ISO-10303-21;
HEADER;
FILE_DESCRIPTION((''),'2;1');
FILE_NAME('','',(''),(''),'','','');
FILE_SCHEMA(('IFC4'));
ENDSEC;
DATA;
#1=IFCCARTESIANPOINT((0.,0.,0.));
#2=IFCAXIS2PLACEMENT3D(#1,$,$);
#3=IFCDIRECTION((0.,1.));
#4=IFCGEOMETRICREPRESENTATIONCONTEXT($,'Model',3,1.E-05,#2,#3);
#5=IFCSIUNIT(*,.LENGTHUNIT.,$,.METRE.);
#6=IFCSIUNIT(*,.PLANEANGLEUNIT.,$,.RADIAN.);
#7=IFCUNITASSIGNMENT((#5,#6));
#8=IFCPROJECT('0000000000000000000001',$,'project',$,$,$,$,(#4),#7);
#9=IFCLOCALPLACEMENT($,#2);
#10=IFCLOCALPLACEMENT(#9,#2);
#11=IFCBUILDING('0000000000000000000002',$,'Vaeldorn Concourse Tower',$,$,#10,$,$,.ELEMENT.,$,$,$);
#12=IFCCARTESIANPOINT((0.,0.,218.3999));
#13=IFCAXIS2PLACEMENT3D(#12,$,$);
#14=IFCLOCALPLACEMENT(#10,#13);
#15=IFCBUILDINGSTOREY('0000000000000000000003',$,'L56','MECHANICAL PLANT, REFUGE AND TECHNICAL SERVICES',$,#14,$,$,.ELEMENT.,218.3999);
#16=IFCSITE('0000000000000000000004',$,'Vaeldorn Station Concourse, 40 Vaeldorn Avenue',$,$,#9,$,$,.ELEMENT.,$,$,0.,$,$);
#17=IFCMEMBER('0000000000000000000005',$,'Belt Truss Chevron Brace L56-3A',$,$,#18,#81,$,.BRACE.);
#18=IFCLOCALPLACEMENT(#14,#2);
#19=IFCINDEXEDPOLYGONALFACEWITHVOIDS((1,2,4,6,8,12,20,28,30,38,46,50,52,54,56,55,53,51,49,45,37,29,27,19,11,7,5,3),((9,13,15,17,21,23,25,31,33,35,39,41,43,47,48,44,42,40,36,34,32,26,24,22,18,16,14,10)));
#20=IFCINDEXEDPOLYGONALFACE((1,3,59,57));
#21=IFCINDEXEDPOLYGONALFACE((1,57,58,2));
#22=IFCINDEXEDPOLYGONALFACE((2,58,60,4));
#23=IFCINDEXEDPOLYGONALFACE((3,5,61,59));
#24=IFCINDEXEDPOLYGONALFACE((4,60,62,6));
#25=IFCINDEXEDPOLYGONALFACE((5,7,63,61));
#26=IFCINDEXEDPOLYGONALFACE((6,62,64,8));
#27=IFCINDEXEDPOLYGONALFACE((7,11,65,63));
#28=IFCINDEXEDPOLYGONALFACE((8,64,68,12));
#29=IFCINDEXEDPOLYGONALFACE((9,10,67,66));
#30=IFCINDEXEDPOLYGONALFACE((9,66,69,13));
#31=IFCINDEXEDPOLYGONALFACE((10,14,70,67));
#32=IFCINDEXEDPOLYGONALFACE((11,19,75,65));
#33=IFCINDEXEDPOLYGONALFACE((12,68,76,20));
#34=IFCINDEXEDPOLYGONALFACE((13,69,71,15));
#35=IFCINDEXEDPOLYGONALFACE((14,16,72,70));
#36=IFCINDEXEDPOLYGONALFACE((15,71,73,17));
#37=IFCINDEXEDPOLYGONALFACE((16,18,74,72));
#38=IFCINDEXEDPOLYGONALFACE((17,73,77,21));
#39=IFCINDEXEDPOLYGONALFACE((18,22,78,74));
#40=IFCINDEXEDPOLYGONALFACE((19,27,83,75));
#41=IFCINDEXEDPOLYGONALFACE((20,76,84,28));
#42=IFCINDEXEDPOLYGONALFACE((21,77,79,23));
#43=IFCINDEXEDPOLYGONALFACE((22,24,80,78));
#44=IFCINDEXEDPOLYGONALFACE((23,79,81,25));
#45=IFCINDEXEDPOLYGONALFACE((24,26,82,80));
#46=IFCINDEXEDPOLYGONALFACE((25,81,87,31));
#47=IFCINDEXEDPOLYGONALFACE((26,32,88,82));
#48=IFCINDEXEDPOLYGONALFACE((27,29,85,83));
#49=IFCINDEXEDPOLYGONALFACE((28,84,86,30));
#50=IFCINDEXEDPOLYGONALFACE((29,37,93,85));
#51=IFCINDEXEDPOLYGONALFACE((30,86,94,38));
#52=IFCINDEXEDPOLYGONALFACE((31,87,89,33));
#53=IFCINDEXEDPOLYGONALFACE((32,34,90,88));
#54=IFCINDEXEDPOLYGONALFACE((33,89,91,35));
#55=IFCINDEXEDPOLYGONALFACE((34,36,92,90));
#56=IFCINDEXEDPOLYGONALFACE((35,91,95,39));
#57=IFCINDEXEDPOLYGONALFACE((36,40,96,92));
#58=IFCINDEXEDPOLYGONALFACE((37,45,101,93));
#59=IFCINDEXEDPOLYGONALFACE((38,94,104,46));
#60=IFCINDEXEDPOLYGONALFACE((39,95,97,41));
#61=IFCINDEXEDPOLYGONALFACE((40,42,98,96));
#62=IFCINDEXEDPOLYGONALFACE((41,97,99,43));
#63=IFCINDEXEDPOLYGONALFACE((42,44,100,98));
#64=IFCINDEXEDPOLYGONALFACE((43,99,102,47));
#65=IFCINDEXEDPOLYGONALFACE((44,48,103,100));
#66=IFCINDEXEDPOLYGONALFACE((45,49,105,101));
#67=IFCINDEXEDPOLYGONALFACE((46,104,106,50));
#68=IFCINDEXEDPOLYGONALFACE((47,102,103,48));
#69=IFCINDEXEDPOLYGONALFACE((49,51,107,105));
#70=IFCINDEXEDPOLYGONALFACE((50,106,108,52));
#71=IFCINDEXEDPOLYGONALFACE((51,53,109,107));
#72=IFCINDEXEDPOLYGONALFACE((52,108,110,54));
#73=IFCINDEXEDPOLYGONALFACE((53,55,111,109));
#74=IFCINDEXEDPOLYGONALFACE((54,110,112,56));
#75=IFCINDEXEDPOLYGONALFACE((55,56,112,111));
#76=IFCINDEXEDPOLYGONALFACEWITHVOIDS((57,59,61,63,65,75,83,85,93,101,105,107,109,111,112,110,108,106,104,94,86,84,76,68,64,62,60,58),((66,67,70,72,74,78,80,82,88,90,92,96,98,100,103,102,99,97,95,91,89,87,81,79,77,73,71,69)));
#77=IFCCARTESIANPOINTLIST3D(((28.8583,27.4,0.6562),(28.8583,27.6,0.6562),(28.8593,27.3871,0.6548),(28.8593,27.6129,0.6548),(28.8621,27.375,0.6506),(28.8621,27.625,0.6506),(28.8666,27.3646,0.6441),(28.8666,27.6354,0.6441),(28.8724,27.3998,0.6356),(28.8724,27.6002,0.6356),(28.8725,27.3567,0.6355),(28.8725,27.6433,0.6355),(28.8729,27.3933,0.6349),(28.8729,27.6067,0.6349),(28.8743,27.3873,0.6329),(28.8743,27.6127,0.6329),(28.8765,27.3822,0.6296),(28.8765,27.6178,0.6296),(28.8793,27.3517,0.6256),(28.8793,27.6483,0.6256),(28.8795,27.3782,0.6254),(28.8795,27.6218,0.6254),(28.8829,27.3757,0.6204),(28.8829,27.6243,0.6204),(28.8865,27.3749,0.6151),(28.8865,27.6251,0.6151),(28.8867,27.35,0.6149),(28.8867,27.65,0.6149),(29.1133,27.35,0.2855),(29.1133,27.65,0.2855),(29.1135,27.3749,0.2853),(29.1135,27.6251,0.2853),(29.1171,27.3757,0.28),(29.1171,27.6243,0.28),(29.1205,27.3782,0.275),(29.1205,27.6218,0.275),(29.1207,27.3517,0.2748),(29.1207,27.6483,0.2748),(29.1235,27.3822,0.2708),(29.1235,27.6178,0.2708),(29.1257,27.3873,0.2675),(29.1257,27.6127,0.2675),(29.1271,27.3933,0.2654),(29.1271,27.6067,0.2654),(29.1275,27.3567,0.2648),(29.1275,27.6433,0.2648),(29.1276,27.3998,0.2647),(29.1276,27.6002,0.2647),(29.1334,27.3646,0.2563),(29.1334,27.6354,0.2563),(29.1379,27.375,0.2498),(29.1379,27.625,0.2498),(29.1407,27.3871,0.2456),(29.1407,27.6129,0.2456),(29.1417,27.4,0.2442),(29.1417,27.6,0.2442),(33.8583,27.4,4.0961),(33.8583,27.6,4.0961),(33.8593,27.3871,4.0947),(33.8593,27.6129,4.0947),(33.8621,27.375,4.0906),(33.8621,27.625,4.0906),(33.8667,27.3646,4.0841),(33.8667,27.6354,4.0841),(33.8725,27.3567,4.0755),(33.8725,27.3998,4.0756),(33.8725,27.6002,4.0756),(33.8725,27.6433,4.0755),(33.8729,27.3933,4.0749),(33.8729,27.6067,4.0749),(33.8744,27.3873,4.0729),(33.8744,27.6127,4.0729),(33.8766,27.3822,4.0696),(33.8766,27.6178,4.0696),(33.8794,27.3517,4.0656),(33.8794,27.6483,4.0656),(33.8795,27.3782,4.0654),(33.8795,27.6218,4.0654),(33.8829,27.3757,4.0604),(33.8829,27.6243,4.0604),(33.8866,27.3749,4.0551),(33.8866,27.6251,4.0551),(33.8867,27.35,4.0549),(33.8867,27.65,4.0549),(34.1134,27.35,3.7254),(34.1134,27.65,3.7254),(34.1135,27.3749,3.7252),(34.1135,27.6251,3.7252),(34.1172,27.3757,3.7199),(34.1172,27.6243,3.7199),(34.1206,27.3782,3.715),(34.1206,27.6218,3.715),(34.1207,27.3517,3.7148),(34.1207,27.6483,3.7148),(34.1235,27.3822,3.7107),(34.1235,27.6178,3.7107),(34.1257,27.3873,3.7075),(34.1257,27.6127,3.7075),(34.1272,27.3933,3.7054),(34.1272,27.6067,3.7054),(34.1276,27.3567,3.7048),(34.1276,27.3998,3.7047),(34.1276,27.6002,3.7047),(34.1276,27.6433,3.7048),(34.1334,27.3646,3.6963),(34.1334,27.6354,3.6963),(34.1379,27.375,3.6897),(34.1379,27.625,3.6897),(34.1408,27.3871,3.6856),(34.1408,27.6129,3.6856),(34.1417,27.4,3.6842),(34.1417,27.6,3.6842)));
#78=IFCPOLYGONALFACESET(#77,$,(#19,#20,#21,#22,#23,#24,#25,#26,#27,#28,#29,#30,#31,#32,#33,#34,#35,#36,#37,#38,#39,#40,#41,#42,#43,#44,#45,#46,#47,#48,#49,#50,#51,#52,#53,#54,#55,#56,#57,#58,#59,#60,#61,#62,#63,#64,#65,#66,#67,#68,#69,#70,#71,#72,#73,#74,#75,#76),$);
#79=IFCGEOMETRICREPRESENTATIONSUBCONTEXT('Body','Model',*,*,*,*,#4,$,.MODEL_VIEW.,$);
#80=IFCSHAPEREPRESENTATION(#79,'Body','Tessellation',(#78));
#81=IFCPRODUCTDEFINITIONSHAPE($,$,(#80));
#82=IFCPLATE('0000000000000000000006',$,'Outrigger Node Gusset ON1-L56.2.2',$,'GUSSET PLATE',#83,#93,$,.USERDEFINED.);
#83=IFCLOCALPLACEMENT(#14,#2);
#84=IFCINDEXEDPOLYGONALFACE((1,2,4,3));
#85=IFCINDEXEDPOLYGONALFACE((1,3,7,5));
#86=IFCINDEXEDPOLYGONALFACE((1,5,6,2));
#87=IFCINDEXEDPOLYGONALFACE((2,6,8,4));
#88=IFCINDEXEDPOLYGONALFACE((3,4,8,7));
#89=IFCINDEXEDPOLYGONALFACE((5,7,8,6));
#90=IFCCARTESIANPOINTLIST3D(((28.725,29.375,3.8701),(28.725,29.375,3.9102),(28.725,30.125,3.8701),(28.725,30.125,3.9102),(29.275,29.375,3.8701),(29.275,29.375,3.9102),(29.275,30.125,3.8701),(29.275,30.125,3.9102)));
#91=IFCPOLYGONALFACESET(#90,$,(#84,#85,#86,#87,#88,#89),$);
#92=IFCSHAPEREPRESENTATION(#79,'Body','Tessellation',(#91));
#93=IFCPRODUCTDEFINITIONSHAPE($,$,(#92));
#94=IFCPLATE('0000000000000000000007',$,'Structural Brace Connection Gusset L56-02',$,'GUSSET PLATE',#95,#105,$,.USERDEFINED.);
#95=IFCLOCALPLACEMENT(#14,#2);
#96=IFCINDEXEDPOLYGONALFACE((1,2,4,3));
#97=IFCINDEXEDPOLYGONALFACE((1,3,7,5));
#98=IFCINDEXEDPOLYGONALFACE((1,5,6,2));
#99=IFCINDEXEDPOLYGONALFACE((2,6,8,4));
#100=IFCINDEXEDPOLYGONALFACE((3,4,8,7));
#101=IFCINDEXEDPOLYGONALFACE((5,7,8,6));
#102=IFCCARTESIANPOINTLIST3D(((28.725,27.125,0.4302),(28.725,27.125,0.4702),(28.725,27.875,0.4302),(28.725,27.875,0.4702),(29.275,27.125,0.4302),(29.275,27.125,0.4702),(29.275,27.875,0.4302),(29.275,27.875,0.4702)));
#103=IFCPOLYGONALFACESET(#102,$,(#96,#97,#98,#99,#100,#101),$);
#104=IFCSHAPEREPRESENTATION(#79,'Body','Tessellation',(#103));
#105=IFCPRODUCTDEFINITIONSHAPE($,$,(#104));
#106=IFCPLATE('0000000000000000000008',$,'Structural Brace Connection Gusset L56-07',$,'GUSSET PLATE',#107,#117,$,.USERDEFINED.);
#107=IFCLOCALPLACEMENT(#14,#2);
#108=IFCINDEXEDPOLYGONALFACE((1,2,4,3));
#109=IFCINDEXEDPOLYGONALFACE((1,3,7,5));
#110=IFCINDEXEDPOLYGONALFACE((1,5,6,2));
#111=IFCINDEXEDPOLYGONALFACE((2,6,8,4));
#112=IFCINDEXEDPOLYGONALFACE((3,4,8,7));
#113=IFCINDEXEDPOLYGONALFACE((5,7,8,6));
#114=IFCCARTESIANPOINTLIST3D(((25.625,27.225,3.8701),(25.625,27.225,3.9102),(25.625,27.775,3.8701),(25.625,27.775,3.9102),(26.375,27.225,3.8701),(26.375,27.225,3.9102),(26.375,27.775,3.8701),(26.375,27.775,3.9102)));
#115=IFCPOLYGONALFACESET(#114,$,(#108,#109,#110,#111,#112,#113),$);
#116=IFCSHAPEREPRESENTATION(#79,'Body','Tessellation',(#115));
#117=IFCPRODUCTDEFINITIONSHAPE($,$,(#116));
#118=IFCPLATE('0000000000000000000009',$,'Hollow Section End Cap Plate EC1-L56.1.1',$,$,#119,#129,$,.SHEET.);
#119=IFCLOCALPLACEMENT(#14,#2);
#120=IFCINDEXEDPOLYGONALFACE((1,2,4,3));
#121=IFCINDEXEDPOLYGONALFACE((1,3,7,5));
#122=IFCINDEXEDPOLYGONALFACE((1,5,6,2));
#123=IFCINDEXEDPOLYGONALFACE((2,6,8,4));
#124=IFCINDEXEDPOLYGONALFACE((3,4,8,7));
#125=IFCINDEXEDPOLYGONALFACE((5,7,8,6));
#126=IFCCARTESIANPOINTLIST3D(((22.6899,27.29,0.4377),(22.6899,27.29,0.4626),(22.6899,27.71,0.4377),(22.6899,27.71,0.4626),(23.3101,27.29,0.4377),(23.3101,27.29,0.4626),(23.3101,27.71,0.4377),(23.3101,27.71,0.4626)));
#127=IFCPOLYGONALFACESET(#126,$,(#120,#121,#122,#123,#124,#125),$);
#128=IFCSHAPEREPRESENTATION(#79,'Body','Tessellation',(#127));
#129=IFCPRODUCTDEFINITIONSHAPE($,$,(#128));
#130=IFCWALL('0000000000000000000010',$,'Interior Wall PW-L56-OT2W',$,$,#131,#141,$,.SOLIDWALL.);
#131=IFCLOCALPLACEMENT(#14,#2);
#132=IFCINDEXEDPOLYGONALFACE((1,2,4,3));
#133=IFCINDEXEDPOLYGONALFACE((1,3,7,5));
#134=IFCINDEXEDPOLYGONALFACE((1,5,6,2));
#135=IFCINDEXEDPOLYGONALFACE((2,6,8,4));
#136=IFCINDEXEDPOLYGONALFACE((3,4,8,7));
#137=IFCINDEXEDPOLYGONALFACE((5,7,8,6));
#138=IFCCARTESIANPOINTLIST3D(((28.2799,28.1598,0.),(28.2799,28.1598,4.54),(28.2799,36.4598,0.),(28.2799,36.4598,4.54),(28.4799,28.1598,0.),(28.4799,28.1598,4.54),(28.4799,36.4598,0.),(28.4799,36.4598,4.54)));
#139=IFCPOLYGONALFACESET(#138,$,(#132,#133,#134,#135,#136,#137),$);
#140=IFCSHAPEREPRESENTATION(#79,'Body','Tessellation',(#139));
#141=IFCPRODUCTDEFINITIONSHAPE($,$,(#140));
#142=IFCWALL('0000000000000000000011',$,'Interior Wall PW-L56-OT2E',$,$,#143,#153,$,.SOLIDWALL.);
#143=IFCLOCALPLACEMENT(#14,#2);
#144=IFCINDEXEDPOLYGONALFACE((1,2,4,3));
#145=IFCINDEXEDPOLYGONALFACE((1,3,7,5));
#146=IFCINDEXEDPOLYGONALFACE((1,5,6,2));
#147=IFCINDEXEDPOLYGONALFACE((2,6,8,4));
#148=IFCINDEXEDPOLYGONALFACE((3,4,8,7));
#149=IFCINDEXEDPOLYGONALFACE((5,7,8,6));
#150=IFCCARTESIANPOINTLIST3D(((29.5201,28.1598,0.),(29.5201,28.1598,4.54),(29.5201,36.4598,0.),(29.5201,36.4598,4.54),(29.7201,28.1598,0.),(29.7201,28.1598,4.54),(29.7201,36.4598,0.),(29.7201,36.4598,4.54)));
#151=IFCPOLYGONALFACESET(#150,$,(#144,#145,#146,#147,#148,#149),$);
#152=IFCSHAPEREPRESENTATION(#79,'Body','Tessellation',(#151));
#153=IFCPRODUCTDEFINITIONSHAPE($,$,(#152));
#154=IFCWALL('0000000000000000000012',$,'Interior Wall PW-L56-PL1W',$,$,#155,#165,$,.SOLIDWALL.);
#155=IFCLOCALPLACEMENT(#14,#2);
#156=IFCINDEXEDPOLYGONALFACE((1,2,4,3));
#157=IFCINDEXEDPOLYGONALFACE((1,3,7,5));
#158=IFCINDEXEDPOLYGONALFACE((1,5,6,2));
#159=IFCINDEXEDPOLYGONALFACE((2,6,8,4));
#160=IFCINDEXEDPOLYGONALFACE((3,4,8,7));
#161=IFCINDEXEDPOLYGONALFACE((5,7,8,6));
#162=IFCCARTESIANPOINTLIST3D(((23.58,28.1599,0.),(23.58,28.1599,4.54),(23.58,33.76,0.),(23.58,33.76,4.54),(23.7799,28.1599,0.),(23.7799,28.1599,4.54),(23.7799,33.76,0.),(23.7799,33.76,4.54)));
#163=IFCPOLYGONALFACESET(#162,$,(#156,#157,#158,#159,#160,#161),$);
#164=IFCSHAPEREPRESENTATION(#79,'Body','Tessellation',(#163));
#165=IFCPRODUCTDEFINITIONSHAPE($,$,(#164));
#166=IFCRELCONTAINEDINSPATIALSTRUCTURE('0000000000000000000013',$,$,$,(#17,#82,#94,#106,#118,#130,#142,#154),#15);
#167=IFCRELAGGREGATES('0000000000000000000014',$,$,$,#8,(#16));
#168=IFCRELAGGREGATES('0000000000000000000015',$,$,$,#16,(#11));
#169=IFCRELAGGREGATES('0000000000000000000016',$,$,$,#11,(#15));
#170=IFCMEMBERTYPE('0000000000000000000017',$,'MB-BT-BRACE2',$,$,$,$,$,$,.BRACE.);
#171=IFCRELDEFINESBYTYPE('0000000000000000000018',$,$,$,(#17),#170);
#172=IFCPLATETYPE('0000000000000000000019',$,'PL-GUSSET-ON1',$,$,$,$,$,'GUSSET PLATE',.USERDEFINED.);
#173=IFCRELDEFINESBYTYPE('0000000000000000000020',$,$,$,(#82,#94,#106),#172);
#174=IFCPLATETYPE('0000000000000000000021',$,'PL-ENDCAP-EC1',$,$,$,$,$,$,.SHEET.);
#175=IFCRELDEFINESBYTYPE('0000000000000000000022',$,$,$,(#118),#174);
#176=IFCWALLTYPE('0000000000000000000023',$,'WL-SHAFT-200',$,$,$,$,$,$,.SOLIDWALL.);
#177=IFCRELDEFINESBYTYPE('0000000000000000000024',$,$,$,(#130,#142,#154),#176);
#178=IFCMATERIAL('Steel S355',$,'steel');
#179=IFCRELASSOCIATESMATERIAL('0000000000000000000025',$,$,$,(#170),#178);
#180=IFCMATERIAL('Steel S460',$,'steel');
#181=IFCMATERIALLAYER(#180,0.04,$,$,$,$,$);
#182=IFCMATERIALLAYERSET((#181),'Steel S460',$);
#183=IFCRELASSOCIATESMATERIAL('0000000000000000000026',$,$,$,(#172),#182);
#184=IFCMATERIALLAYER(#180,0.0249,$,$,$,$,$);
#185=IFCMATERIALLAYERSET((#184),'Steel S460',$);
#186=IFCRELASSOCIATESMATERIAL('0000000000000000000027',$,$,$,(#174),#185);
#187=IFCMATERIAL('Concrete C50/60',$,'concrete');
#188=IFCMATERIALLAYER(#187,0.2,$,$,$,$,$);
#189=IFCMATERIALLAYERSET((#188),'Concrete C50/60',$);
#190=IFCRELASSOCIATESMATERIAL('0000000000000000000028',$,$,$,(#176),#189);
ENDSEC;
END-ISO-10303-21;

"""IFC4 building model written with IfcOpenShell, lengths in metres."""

from ifc_helpers import new_model, si_unit, direction, frame, frame_2d, origin, origin_2d, place, context, subcontext, project, spatial, rectangle, hollow_rectangle, extrude, source, transform, mapped, material, layer, layer_set, material_profile, profile_set, type_object, element, save


model = new_model("IFC4")

# Units and contexts
model_context = context("Model", 3, precision=1e-05, world=origin(), true_north=direction((0.0, 1.0)))
body_context = subcontext(model_context, "Body", "Model", "MODEL_VIEW")
ifc_project = project(units=[si_unit("LENGTHUNIT", "METRE"), si_unit("PLANEANGLEUNIT", "RADIAN")], contexts=[model_context])

# Site, building, storey
site_placement = place(None, origin())
site = spatial("IfcSite", under=ifc_project, at=site_placement, Name="Vaeldorn Station Concourse, 40 Vaeldorn Avenue", CompositionType="ELEMENT", RefElevation=0.0)
building_placement = place(site_placement, origin())
building = spatial("IfcBuilding", under=site, at=building_placement, Name="Vaeldorn Concourse Tower", CompositionType="ELEMENT")
storey_placement = place(building_placement, frame((0.0, 0.0, 218.3999)))
storey = spatial("IfcBuildingStorey", under=building, at=storey_placement, Name="L56", Description="MECHANICAL PLANT, REFUGE AND TECHNICAL SERVICES", CompositionType="ELEMENT", Elevation=218.3999)

# Shared definitions
ifc_material_1 = material(Name="Steel S355", Category="steel")

# Member
ifc_material_2 = material(Name="Steel S460", Category="steel")
ifc_material_profile_1 = material_profile(ifc_material_1, hollow_rectangle(XDim=0.3, YDim=0.5, WallThickness=0.0249, InnerFilletRadius=0.0249, OuterFilletRadius=0.05, at=origin_2d()), Name="RHS 500x300x25")
ifc_profile_set_1 = profile_set([ifc_material_profile_1], Name="Steel S355")
member_type_1 = type_object("IfcMemberType", Name="MB-BT-BRACE2", PredefinedType="BRACE", material=ifc_profile_set_1)
shared_shape_1 = source(origin(), body_context, "Body", "SweptSolid", [
    extrude(hollow_rectangle(XDim=0.3, YDim=0.5, WallThickness=0.0249, InnerFilletRadius=0.0249, OuterFilletRadius=0.05, at=origin_2d()), origin(), (0.0, 0.0, 1.0), 6.0691),
])
member_1_placement = place(storey_placement, frame((29.0, 27.5, 0.4502), z_axis=(0.823854, 0.0, 0.566802), x_axis=(0.0, 1.0, 0.0)))
element("IfcMember", 1, at=member_1_placement, inside=storey, type_object=member_type_1, Name="Belt Truss Chevron Brace L56-3A", PredefinedType="BRACE", context=body_context, shape_type="MappedRepresentation", body=[
    mapped(shared_shape_1, transform((0.0, 0.0, 0.0), scale=1.0)),
])

# Plates
ifc_layer_1 = layer(ifc_material_2, 0.04)
ifc_layer_set_1 = layer_set([ifc_layer_1], Name="Steel S460")
plate_type_1 = type_object("IfcPlateType", Name="PL-GUSSET-ON1", ElementType="GUSSET PLATE", PredefinedType="USERDEFINED", material=ifc_layer_set_1)
shared_shape_2 = source(origin(), body_context, "Body", "SweptSolid", [
    extrude(rectangle(XDim=0.75, YDim=0.55, at=origin_2d()), origin(), (0.0, 0.0, 1.0), 0.04),
])
for number, where, z_axis, x_axis, name in (
    (2, (29.0, 29.75, 3.8701), (0.0, 0.0, 1.0), (0.0, 1.0, 0.0), "Outrigger Node Gusset ON1-L56.2.2"),
    (3, (29.0, 27.5, 0.4302), (0.0, 0.0, 1.0), (0.0, 1.0, 0.0), "Structural Brace Connection Gusset L56-02"),
    (4, (26.0, 27.5, 3.8701), (0.0, 0.0, 1.0), (1.0, 0.0, 0.0), "Structural Brace Connection Gusset L56-07"),
):
    element("IfcPlate", number, at=place(storey_placement, frame(where, z_axis=z_axis, x_axis=x_axis)), inside=storey, type_object=plate_type_1, Name=name, ObjectType="GUSSET PLATE", PredefinedType="USERDEFINED", context=body_context, shape_type="MappedRepresentation", body=[
        mapped(shared_shape_2, transform((0.0, 0.0, 0.0), scale=1.0)),
    ])
ifc_layer_2 = layer(ifc_material_2, 0.0249)
ifc_layer_set_2 = layer_set([ifc_layer_2], Name="Steel S460")
plate_type_2 = type_object("IfcPlateType", Name="PL-ENDCAP-EC1", PredefinedType="SHEET", material=ifc_layer_set_2)
shared_shape_3 = source(origin(), body_context, "Body", "SweptSolid", [
    extrude(rectangle(XDim=0.6201, YDim=0.4199, at=origin_2d()), origin(), (0.0, 0.0, 1.0), 0.0249),
])
plate_placement = place(storey_placement, frame((23.0, 27.5, 0.4377), z_axis=(0.0, 0.0, 1.0), x_axis=(1.0, 0.0, 0.0)))
element("IfcPlate", 5, at=plate_placement, inside=storey, type_object=plate_type_2, Name="Hollow Section End Cap Plate EC1-L56.1.1", PredefinedType="SHEET", context=body_context, shape_type="MappedRepresentation", body=[
    mapped(shared_shape_3, transform((0.0, 0.0, 0.0), scale=1.0)),
])

# Walls
ifc_material_3 = material(Name="Concrete C50/60", Category="concrete")
ifc_layer_3 = layer(ifc_material_3, 0.2)
ifc_layer_set_3 = layer_set([ifc_layer_3], Name="Concrete C50/60")
wall_type = type_object("IfcWallType", Name="WL-SHAFT-200", PredefinedType="SOLIDWALL", material=ifc_layer_set_3)
for number, where, z_axis, x_axis, name in (
    (6, (28.3799, 28.1599, 0.0), (0.0, 0.0, 1.0), (0.0, 1.0, 0.0), "Interior Wall PW-L56-OT2W"),
    (7, (29.6201, 28.1599, 0.0), (0.0, 0.0, 1.0), (0.0, 1.0, 0.0), "Interior Wall PW-L56-OT2E"),
):
    element("IfcWall", number, at=place(storey_placement, frame(where, z_axis=z_axis, x_axis=x_axis)), inside=storey, type_object=wall_type, Name=name, PredefinedType="SOLIDWALL", context=body_context, shape_type="SweptSolid", body=[
        extrude(rectangle(XDim=8.3, YDim=0.2, at=frame_2d((4.1499, 0.0))), origin(), (0.0, 0.0, 1.0), 4.54),
    ])
wall_placement = place(storey_placement, frame((23.6799, 28.1599, 0.0), z_axis=(0.0, 0.0, 1.0), x_axis=(0.0, 1.0, 0.0)))
element("IfcWall", 8, at=wall_placement, inside=storey, type_object=wall_type, Name="Interior Wall PW-L56-PL1W", PredefinedType="SOLIDWALL", context=body_context, shape_type="SweptSolid", body=[
    extrude(rectangle(XDim=5.6001, YDim=0.2, at=frame_2d((2.8, 0.0))), origin(), (0.0, 0.0, 1.0), 4.54),
])

save(model, "model.ifc")
